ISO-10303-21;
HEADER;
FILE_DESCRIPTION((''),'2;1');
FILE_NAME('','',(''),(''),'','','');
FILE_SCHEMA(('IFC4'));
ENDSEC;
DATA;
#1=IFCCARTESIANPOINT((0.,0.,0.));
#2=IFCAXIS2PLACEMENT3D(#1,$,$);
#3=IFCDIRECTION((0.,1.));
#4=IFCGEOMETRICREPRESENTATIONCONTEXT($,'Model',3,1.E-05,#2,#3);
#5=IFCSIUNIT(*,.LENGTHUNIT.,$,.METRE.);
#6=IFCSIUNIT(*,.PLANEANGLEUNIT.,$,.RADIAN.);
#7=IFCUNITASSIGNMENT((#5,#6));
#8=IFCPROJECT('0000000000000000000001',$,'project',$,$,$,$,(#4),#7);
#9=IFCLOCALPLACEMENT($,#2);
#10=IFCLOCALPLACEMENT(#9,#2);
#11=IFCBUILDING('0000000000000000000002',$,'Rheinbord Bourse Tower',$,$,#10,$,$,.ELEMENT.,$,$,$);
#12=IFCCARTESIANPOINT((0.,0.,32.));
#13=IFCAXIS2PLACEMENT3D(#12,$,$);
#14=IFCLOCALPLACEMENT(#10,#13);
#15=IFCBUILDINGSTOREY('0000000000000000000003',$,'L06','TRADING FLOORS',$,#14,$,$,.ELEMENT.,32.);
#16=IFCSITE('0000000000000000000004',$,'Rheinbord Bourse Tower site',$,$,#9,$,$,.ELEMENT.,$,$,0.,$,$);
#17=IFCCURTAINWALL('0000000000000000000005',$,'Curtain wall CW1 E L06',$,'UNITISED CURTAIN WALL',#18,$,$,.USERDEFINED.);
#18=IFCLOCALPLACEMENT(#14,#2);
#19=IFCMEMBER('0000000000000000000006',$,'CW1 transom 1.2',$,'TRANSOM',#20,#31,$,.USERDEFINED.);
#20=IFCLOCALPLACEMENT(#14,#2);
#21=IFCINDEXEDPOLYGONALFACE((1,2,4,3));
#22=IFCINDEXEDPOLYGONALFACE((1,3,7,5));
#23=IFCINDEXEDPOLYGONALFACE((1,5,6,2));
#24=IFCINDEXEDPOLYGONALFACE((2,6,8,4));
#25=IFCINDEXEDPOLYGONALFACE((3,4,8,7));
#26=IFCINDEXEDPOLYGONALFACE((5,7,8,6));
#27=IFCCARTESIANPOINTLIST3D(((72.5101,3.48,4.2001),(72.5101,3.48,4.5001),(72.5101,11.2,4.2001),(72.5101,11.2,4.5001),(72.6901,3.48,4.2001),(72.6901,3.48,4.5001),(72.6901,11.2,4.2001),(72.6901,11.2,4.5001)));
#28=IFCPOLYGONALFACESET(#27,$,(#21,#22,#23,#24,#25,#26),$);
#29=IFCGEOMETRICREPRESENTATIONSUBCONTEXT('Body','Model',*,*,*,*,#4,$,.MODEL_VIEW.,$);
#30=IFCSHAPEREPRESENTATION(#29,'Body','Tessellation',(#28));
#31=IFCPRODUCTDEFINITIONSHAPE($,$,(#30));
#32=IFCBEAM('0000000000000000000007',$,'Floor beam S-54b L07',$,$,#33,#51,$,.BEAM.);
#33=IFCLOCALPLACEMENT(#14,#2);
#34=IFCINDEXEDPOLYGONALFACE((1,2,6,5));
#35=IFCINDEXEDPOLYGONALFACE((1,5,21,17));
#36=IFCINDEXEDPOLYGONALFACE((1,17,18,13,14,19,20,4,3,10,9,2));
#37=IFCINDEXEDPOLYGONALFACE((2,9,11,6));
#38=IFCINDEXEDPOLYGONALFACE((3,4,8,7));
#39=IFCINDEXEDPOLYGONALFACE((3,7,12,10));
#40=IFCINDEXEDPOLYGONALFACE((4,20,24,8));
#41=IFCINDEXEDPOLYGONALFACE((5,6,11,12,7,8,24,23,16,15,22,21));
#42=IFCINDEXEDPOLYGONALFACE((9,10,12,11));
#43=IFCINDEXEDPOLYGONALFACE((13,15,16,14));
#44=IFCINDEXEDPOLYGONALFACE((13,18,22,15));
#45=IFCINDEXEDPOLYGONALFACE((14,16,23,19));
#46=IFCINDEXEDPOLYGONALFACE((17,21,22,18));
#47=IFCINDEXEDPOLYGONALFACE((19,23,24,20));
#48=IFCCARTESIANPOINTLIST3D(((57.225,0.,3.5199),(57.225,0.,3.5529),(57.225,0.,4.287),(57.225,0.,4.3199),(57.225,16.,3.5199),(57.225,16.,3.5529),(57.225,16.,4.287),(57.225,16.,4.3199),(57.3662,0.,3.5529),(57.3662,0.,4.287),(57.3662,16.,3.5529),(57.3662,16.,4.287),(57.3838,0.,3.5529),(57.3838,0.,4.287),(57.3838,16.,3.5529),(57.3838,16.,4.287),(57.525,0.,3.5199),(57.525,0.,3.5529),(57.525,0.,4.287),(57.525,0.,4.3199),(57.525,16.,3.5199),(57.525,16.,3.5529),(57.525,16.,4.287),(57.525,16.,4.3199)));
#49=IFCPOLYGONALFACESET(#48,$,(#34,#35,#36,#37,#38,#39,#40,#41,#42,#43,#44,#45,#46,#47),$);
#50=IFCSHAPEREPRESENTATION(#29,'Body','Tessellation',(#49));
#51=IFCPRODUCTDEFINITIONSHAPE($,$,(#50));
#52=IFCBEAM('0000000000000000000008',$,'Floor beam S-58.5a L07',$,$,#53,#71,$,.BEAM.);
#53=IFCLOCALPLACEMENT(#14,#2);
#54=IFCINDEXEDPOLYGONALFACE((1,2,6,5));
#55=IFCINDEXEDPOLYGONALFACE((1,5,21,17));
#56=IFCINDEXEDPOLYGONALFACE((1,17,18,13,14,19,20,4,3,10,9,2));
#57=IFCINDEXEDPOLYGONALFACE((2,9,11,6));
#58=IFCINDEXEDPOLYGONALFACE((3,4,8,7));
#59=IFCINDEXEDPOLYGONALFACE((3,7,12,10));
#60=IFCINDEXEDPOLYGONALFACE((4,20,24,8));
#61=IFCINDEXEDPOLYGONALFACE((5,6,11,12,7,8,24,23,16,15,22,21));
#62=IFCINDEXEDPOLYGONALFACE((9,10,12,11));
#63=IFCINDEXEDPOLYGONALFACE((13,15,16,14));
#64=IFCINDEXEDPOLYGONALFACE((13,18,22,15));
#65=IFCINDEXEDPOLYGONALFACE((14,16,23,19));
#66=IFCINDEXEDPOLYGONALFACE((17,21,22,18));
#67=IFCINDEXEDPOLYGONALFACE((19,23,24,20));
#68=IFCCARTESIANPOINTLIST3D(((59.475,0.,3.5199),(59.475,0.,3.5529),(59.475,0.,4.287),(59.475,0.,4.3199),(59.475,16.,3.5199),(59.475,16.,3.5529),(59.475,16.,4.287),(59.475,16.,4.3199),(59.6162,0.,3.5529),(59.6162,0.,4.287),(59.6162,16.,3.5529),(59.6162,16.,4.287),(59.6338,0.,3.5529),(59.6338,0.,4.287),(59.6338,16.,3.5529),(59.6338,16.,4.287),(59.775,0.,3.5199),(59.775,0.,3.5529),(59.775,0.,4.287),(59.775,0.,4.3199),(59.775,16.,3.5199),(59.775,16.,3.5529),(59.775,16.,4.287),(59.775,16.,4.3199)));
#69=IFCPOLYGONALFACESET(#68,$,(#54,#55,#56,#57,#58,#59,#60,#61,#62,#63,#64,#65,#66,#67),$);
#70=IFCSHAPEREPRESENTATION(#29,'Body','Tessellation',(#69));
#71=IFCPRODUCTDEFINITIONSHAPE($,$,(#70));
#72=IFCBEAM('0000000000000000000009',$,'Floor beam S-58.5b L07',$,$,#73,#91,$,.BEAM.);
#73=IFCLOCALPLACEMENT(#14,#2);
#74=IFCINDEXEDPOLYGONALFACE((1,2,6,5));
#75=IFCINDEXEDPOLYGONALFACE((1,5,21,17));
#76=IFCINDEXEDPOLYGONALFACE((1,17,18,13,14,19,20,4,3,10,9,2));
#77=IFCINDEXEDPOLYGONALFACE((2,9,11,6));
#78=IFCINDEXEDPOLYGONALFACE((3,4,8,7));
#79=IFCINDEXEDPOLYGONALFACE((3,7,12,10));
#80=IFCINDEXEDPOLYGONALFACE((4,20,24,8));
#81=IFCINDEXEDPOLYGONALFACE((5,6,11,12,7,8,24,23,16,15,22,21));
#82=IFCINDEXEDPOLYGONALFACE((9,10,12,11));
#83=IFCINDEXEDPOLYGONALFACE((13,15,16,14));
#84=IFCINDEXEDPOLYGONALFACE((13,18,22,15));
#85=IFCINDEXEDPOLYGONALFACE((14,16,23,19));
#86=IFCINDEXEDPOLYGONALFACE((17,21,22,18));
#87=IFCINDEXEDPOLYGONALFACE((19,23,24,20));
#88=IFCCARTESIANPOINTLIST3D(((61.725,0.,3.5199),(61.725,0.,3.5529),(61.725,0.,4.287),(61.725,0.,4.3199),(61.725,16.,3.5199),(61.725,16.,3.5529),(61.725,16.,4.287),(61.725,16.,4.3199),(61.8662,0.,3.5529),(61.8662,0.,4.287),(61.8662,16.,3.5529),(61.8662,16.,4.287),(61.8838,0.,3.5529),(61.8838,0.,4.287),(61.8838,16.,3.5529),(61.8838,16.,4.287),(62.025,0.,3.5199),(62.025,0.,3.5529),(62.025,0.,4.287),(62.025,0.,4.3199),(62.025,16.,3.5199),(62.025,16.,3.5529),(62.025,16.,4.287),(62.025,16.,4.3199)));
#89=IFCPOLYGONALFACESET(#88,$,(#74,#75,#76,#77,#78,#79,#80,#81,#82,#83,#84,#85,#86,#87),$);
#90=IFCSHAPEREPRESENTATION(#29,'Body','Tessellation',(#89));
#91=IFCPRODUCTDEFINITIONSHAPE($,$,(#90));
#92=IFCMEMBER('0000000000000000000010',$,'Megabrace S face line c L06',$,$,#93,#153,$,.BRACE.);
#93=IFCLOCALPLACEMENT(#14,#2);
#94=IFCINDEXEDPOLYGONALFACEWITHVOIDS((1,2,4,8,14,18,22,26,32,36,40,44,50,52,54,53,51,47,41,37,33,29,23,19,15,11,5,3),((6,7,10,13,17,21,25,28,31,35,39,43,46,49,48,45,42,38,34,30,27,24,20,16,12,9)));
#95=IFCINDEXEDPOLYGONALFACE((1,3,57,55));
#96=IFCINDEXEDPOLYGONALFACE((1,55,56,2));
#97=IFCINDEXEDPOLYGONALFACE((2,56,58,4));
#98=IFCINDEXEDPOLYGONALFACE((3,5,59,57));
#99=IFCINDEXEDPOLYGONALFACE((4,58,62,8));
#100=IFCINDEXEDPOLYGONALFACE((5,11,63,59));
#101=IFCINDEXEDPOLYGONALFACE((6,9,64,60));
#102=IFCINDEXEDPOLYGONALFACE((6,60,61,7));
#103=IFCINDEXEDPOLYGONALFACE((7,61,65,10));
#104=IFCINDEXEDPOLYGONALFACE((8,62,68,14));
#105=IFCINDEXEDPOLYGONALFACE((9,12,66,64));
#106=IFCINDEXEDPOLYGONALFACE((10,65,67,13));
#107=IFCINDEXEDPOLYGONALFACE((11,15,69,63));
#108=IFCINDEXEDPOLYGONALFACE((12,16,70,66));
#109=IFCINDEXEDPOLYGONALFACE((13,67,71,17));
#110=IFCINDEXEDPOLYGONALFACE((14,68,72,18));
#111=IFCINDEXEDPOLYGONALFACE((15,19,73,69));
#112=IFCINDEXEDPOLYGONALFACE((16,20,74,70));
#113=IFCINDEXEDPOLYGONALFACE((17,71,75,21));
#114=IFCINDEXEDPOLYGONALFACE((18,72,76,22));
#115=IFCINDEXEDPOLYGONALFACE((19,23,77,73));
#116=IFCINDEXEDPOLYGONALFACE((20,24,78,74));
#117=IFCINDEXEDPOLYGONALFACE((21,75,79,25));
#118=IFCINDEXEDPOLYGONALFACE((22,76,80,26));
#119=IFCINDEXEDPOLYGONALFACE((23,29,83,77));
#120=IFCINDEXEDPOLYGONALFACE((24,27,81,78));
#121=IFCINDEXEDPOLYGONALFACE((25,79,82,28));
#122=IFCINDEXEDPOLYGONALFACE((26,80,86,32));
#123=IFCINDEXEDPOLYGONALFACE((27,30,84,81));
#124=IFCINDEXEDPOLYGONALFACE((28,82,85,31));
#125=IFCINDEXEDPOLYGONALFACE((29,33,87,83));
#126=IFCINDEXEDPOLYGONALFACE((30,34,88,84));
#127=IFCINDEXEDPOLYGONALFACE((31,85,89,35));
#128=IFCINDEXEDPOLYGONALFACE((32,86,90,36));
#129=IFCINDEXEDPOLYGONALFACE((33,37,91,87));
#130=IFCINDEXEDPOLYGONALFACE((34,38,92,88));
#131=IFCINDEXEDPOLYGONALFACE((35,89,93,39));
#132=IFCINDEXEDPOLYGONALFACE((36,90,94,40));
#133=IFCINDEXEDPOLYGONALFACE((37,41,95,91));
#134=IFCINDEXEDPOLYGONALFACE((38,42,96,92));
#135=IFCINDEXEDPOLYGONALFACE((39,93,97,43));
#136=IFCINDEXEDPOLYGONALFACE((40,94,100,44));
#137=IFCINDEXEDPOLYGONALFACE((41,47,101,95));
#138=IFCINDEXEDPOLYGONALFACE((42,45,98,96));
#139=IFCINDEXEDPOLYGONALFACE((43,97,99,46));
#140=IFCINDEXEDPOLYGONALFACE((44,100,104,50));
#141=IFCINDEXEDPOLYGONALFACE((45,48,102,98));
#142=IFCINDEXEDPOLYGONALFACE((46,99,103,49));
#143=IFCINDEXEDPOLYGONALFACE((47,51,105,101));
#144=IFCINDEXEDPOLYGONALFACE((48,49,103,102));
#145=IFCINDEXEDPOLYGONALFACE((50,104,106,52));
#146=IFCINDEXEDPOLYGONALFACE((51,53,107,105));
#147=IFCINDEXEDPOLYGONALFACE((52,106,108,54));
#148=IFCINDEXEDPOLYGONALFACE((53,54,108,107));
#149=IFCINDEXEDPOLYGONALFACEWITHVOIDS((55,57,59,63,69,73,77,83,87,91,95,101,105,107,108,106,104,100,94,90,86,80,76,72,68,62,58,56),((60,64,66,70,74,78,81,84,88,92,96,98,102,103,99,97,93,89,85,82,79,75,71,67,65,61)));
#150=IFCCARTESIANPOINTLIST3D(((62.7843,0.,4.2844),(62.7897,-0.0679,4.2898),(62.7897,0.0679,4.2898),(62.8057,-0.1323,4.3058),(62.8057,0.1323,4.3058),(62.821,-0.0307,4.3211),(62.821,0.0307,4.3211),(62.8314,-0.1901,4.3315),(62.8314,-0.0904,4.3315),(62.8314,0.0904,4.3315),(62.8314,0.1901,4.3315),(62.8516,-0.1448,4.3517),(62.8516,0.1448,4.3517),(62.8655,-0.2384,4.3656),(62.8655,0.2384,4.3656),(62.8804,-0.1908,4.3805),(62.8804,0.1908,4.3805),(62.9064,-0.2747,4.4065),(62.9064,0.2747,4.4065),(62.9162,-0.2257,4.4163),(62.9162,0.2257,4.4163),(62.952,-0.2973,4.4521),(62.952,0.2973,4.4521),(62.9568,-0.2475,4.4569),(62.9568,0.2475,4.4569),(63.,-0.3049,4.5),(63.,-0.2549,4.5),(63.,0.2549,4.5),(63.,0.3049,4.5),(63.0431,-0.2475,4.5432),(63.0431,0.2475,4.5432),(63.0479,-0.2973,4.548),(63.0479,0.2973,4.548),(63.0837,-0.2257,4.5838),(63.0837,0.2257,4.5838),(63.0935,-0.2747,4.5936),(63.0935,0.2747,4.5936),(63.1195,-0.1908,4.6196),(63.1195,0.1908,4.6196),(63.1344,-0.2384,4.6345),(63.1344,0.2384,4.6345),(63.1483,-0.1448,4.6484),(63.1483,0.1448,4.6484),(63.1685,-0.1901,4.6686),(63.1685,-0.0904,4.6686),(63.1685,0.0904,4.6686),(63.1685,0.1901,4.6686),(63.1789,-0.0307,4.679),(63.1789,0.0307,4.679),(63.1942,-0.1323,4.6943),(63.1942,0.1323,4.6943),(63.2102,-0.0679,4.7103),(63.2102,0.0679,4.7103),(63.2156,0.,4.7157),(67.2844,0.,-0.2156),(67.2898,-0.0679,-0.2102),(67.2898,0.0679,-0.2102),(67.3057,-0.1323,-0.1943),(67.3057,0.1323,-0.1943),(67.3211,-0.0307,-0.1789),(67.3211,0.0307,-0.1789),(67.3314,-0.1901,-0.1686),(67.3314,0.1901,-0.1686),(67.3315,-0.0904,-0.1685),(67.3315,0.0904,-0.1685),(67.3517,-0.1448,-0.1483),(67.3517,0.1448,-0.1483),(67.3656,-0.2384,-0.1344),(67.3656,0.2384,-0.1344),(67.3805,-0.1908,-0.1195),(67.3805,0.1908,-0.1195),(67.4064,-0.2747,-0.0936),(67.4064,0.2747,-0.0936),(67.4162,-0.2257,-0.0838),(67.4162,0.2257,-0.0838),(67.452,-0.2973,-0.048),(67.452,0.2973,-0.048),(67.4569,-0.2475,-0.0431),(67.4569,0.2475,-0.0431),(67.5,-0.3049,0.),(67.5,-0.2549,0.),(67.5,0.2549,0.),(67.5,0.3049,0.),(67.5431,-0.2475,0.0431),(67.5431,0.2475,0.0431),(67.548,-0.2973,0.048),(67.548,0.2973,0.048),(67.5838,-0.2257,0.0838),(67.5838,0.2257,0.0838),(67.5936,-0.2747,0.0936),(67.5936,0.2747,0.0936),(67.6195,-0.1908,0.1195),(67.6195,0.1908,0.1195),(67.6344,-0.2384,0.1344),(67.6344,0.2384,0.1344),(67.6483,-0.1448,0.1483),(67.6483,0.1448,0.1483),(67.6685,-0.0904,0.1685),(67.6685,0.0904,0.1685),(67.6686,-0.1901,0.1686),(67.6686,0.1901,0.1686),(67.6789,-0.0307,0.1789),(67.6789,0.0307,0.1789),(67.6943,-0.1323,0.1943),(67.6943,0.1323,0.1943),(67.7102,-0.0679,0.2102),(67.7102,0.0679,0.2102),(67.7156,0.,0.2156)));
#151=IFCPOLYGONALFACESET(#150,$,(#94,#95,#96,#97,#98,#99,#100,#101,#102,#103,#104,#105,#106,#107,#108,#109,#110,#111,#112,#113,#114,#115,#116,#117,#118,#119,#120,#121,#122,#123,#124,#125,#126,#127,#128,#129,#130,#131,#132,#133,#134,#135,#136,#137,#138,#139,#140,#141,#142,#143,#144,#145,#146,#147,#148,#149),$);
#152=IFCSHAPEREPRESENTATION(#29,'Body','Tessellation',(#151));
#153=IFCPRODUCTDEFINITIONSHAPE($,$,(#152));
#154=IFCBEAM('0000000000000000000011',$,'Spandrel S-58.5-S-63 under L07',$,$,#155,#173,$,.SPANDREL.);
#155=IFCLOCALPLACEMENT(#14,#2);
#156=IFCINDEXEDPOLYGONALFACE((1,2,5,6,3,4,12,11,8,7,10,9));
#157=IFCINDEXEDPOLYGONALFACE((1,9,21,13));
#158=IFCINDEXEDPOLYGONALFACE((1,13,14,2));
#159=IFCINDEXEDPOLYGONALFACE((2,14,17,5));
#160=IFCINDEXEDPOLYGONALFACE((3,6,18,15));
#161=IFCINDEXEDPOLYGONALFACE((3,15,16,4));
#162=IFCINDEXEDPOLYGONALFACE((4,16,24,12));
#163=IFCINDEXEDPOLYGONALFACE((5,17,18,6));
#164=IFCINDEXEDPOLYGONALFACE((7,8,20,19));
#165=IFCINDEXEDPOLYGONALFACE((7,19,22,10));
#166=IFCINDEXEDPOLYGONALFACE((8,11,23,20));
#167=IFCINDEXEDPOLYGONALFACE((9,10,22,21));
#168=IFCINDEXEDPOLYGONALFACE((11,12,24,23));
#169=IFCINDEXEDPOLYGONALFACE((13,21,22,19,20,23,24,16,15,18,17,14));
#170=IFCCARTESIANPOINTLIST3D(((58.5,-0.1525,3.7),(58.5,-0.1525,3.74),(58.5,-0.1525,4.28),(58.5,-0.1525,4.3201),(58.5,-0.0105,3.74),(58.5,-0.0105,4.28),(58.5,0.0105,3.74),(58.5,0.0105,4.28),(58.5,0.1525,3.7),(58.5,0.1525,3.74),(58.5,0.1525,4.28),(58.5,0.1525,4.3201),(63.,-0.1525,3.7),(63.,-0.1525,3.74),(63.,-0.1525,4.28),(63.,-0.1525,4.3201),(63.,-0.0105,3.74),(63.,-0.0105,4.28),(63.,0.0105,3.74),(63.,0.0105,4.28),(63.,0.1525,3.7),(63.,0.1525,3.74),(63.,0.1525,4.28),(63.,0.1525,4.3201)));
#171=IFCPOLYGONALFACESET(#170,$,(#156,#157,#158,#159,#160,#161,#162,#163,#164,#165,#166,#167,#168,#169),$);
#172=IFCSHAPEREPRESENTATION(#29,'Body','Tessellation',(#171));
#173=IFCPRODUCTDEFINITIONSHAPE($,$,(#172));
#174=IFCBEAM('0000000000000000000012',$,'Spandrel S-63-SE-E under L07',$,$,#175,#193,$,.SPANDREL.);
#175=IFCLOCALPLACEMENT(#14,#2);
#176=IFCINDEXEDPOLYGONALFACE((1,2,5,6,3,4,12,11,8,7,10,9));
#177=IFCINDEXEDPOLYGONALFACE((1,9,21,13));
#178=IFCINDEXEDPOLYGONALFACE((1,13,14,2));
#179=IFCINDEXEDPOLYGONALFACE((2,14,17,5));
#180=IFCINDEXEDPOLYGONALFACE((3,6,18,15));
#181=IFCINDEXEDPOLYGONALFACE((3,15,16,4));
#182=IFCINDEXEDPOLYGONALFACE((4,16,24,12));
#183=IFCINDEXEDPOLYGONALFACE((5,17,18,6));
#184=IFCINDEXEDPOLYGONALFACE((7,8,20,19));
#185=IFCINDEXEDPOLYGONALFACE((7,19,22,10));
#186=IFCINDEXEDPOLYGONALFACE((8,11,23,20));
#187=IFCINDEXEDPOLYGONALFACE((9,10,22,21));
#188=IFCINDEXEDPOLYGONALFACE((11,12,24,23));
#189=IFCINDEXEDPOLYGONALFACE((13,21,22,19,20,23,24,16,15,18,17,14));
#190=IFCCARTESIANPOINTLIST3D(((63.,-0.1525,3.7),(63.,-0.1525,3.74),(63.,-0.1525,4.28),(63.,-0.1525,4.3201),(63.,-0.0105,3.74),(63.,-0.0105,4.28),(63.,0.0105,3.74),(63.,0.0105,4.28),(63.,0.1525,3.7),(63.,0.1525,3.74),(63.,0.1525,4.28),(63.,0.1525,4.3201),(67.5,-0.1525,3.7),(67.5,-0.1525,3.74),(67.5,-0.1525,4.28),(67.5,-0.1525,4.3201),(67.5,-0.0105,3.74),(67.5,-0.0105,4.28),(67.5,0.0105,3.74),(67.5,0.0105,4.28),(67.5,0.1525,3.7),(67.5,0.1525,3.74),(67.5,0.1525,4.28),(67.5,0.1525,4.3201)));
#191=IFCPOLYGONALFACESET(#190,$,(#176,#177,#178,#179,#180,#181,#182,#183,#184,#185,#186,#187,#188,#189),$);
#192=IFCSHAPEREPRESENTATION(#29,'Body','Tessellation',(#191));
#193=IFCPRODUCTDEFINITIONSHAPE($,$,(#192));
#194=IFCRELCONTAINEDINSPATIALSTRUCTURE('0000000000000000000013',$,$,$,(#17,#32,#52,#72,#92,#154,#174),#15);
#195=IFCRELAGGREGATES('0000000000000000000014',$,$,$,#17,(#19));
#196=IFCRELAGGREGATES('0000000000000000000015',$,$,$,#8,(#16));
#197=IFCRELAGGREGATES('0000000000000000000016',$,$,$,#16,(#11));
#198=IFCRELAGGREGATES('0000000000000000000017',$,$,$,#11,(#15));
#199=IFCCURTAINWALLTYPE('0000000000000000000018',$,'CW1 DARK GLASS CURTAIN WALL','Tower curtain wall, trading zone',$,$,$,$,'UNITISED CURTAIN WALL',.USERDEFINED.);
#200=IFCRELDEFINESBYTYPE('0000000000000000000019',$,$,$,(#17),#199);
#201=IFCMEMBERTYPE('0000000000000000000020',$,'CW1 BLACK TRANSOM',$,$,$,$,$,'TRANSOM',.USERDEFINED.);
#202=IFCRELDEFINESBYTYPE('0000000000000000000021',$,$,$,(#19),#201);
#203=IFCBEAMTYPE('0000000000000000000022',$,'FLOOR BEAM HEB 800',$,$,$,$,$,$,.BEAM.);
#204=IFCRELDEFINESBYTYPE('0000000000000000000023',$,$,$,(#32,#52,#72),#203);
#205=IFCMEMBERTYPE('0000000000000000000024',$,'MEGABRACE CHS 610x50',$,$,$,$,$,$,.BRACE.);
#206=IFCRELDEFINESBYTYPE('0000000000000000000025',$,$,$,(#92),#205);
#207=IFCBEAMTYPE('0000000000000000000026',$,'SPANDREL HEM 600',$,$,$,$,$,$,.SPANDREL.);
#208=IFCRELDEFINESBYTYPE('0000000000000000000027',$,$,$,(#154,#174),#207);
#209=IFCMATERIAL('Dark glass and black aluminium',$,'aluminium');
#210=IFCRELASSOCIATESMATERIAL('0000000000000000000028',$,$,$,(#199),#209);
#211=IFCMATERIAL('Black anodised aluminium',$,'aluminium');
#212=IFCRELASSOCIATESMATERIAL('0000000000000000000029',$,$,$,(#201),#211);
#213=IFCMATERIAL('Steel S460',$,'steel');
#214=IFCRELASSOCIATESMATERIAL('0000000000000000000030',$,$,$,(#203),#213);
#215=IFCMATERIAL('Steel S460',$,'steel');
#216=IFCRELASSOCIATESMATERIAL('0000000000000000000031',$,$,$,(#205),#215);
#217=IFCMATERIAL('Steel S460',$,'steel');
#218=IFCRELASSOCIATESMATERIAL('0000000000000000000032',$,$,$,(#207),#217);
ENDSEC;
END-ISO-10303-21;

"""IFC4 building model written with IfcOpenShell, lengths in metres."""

from ifc_helpers import new_model, si_unit, direction, frame, origin, origin_2d, place, context, subcontext, project, spatial, rectangle, hollow_circle, i_section, extrude, material, material_profile, profile_set, type_object, element, aggregate, save


model = new_model("IFC4")

# Units and contexts
model_context = context("Model", 3, precision=1e-05, world=origin(), true_north=direction((0.0, 1.0)))
body_context = subcontext(model_context, "Body", "Model", "MODEL_VIEW")
ifc_project = project(units=[si_unit("LENGTHUNIT", "METRE"), si_unit("PLANEANGLEUNIT", "RADIAN")], contexts=[model_context])

# Site, building, storey
site_placement = place(None, origin())
site = spatial("IfcSite", under=ifc_project, at=site_placement, Name="Rheinbord Bourse Tower site", CompositionType="ELEMENT", RefElevation=0.0)
building_placement = place(site_placement, origin())
building = spatial("IfcBuilding", under=site, at=building_placement, Name="Rheinbord Bourse Tower", CompositionType="ELEMENT")
storey_placement = place(building_placement, frame((0.0, 0.0, 32.0)))
storey = spatial("IfcBuildingStorey", under=building, at=storey_placement, Name="L06", Description="TRADING FLOORS", CompositionType="ELEMENT", Elevation=32.0)

# Shared definitions
ifc_material_1 = material(Name="Dark glass and black aluminium", Category="aluminium")
curtain_wall_type = type_object("IfcCurtainWallType", Name="CW1 DARK GLASS CURTAIN WALL", Description="Tower curtain wall, trading zone", ElementType="UNITISED CURTAIN WALL", PredefinedType="USERDEFINED", material=ifc_material_1)

# Curtain wall
curtain_wall_1_placement = place(storey_placement, origin())
curtain_wall_1 = element("IfcCurtainWall", 1, at=curtain_wall_1_placement, inside=storey, type_object=curtain_wall_type, Name="Curtain wall CW1 E L06", ObjectType="UNITISED CURTAIN WALL", PredefinedType="USERDEFINED")

# Member
ifc_material_2 = material(Name="Black anodised aluminium", Category="aluminium")
ifc_material_profile_1 = material_profile(ifc_material_2, rectangle(XDim=0.1799, YDim=0.3, at=origin_2d()), Name="CW1 TRANSOM 300x180")
ifc_profile_set_1 = profile_set([ifc_material_profile_1], Name="Black anodised aluminium")
member_type_1 = type_object("IfcMemberType", Name="CW1 BLACK TRANSOM", ElementType="TRANSOM", PredefinedType="USERDEFINED", material=ifc_profile_set_1)
member_1_placement = place(storey_placement, frame((72.6001, 3.48, 4.3501), z_axis=(0.0, 1.0, 0.0), x_axis=(-1.0, 0.0, 0.0)))
member_1 = element("IfcMember", 2, at=member_1_placement, type_object=member_type_1, Name="CW1 transom 1.2", ObjectType="TRANSOM", PredefinedType="USERDEFINED", context=body_context, shape_type="SweptSolid", body=[
    extrude(rectangle(XDim=0.1799, YDim=0.3, at=origin_2d()), origin(), (0.0, 0.0, 1.0), 7.72),
])

# Beams
ifc_material_3 = material(Name="Steel S460", Category="steel")
ifc_material_profile_2 = material_profile(ifc_material_3, i_section(OverallWidth=0.3, OverallDepth=0.8, WebThickness=0.0176, FlangeThickness=0.033, at=origin_2d()), Name="HEB 800")
ifc_profile_set_2 = profile_set([ifc_material_profile_2], Name="Steel S460")
beam_type_1 = type_object("IfcBeamType", Name="FLOOR BEAM HEB 800", PredefinedType="BEAM", material=ifc_profile_set_2)
for number, where, z_axis, x_axis, name in (
    (3, (57.375, 0.0, 3.9199), (0.0, 1.0, 0.0), (-1.0, 0.0, 0.0), "Floor beam S-54b L07"),
    (4, (59.625, 0.0, 3.9199), (0.0, 1.0, 0.0), (-1.0, 0.0, 0.0), "Floor beam S-58.5a L07"),
    (5, (61.875, 0.0, 3.9199), (0.0, 1.0, 0.0), (-1.0, 0.0, 0.0), "Floor beam S-58.5b L07"),
):
    element("IfcBeam", number, at=place(storey_placement, frame(where, z_axis=z_axis, x_axis=x_axis)), inside=storey, type_object=beam_type_1, Name=name, PredefinedType="BEAM", context=body_context, shape_type="SweptSolid", body=[
        extrude(i_section(OverallWidth=0.3, OverallDepth=0.8, WebThickness=0.0176, FlangeThickness=0.033, at=origin_2d()), origin(), (0.0, 0.0, 1.0), 16.0),
    ])

# Member
ifc_material_4 = material(Name="Steel S460", Category="steel")
ifc_material_profile_3 = material_profile(ifc_material_4, hollow_circle(Radius=0.3049, WallThickness=0.05, at=origin_2d()), Name="CHS 610x50")
ifc_profile_set_3 = profile_set([ifc_material_profile_3], Name="Steel S460")
member_type_2 = type_object("IfcMemberType", Name="MEGABRACE CHS 610x50", PredefinedType="BRACE", material=ifc_profile_set_3)
member_2_placement = place(storey_placement, frame((67.5, 0.0, 0.0), z_axis=(-0.707107, 0.0, 0.707107), x_axis=(0.0, -1.0, 0.0)))
element("IfcMember", 6, at=member_2_placement, inside=storey, type_object=member_type_2, Name="Megabrace S face line c L06", PredefinedType="BRACE", context=body_context, shape_type="SweptSolid", body=[
    extrude(hollow_circle(Radius=0.3049, WallThickness=0.05, at=origin_2d()), origin(), (0.0, 0.0, 1.0), 6.364),
])

# Beams
ifc_material_5 = material(Name="Steel S460", Category="steel")
ifc_material_profile_4 = material_profile(ifc_material_5, i_section(OverallWidth=0.3049, OverallDepth=0.6201, WebThickness=0.021, FlangeThickness=0.04, at=origin_2d()), Name="HEM 600")
ifc_profile_set_4 = profile_set([ifc_material_profile_4], Name="Steel S460")
beam_type_2 = type_object("IfcBeamType", Name="SPANDREL HEM 600", PredefinedType="SPANDREL", material=ifc_profile_set_4)
for number, where, z_axis, x_axis, name in (
    (7, (58.5, 0.0, 4.01), (1.0, 0.0, 0.0), (0.0, 1.0, 0.0), "Spandrel S-58.5-S-63 under L07"),
    (8, (63.0, 0.0, 4.01), (1.0, 0.0, 0.0), (0.0, 1.0, 0.0), "Spandrel S-63-SE-E under L07"),
):
    element("IfcBeam", number, at=place(storey_placement, frame(where, z_axis=z_axis, x_axis=x_axis)), inside=storey, type_object=beam_type_2, Name=name, PredefinedType="SPANDREL", context=body_context, shape_type="SweptSolid", body=[
        extrude(i_section(OverallWidth=0.3049, OverallDepth=0.6201, WebThickness=0.021, FlangeThickness=0.04, at=origin_2d()), origin(), (0.0, 0.0, 1.0), 4.5),
    ])

aggregate(curtain_wall_1, [member_1])

save(model, "model.ifc")
